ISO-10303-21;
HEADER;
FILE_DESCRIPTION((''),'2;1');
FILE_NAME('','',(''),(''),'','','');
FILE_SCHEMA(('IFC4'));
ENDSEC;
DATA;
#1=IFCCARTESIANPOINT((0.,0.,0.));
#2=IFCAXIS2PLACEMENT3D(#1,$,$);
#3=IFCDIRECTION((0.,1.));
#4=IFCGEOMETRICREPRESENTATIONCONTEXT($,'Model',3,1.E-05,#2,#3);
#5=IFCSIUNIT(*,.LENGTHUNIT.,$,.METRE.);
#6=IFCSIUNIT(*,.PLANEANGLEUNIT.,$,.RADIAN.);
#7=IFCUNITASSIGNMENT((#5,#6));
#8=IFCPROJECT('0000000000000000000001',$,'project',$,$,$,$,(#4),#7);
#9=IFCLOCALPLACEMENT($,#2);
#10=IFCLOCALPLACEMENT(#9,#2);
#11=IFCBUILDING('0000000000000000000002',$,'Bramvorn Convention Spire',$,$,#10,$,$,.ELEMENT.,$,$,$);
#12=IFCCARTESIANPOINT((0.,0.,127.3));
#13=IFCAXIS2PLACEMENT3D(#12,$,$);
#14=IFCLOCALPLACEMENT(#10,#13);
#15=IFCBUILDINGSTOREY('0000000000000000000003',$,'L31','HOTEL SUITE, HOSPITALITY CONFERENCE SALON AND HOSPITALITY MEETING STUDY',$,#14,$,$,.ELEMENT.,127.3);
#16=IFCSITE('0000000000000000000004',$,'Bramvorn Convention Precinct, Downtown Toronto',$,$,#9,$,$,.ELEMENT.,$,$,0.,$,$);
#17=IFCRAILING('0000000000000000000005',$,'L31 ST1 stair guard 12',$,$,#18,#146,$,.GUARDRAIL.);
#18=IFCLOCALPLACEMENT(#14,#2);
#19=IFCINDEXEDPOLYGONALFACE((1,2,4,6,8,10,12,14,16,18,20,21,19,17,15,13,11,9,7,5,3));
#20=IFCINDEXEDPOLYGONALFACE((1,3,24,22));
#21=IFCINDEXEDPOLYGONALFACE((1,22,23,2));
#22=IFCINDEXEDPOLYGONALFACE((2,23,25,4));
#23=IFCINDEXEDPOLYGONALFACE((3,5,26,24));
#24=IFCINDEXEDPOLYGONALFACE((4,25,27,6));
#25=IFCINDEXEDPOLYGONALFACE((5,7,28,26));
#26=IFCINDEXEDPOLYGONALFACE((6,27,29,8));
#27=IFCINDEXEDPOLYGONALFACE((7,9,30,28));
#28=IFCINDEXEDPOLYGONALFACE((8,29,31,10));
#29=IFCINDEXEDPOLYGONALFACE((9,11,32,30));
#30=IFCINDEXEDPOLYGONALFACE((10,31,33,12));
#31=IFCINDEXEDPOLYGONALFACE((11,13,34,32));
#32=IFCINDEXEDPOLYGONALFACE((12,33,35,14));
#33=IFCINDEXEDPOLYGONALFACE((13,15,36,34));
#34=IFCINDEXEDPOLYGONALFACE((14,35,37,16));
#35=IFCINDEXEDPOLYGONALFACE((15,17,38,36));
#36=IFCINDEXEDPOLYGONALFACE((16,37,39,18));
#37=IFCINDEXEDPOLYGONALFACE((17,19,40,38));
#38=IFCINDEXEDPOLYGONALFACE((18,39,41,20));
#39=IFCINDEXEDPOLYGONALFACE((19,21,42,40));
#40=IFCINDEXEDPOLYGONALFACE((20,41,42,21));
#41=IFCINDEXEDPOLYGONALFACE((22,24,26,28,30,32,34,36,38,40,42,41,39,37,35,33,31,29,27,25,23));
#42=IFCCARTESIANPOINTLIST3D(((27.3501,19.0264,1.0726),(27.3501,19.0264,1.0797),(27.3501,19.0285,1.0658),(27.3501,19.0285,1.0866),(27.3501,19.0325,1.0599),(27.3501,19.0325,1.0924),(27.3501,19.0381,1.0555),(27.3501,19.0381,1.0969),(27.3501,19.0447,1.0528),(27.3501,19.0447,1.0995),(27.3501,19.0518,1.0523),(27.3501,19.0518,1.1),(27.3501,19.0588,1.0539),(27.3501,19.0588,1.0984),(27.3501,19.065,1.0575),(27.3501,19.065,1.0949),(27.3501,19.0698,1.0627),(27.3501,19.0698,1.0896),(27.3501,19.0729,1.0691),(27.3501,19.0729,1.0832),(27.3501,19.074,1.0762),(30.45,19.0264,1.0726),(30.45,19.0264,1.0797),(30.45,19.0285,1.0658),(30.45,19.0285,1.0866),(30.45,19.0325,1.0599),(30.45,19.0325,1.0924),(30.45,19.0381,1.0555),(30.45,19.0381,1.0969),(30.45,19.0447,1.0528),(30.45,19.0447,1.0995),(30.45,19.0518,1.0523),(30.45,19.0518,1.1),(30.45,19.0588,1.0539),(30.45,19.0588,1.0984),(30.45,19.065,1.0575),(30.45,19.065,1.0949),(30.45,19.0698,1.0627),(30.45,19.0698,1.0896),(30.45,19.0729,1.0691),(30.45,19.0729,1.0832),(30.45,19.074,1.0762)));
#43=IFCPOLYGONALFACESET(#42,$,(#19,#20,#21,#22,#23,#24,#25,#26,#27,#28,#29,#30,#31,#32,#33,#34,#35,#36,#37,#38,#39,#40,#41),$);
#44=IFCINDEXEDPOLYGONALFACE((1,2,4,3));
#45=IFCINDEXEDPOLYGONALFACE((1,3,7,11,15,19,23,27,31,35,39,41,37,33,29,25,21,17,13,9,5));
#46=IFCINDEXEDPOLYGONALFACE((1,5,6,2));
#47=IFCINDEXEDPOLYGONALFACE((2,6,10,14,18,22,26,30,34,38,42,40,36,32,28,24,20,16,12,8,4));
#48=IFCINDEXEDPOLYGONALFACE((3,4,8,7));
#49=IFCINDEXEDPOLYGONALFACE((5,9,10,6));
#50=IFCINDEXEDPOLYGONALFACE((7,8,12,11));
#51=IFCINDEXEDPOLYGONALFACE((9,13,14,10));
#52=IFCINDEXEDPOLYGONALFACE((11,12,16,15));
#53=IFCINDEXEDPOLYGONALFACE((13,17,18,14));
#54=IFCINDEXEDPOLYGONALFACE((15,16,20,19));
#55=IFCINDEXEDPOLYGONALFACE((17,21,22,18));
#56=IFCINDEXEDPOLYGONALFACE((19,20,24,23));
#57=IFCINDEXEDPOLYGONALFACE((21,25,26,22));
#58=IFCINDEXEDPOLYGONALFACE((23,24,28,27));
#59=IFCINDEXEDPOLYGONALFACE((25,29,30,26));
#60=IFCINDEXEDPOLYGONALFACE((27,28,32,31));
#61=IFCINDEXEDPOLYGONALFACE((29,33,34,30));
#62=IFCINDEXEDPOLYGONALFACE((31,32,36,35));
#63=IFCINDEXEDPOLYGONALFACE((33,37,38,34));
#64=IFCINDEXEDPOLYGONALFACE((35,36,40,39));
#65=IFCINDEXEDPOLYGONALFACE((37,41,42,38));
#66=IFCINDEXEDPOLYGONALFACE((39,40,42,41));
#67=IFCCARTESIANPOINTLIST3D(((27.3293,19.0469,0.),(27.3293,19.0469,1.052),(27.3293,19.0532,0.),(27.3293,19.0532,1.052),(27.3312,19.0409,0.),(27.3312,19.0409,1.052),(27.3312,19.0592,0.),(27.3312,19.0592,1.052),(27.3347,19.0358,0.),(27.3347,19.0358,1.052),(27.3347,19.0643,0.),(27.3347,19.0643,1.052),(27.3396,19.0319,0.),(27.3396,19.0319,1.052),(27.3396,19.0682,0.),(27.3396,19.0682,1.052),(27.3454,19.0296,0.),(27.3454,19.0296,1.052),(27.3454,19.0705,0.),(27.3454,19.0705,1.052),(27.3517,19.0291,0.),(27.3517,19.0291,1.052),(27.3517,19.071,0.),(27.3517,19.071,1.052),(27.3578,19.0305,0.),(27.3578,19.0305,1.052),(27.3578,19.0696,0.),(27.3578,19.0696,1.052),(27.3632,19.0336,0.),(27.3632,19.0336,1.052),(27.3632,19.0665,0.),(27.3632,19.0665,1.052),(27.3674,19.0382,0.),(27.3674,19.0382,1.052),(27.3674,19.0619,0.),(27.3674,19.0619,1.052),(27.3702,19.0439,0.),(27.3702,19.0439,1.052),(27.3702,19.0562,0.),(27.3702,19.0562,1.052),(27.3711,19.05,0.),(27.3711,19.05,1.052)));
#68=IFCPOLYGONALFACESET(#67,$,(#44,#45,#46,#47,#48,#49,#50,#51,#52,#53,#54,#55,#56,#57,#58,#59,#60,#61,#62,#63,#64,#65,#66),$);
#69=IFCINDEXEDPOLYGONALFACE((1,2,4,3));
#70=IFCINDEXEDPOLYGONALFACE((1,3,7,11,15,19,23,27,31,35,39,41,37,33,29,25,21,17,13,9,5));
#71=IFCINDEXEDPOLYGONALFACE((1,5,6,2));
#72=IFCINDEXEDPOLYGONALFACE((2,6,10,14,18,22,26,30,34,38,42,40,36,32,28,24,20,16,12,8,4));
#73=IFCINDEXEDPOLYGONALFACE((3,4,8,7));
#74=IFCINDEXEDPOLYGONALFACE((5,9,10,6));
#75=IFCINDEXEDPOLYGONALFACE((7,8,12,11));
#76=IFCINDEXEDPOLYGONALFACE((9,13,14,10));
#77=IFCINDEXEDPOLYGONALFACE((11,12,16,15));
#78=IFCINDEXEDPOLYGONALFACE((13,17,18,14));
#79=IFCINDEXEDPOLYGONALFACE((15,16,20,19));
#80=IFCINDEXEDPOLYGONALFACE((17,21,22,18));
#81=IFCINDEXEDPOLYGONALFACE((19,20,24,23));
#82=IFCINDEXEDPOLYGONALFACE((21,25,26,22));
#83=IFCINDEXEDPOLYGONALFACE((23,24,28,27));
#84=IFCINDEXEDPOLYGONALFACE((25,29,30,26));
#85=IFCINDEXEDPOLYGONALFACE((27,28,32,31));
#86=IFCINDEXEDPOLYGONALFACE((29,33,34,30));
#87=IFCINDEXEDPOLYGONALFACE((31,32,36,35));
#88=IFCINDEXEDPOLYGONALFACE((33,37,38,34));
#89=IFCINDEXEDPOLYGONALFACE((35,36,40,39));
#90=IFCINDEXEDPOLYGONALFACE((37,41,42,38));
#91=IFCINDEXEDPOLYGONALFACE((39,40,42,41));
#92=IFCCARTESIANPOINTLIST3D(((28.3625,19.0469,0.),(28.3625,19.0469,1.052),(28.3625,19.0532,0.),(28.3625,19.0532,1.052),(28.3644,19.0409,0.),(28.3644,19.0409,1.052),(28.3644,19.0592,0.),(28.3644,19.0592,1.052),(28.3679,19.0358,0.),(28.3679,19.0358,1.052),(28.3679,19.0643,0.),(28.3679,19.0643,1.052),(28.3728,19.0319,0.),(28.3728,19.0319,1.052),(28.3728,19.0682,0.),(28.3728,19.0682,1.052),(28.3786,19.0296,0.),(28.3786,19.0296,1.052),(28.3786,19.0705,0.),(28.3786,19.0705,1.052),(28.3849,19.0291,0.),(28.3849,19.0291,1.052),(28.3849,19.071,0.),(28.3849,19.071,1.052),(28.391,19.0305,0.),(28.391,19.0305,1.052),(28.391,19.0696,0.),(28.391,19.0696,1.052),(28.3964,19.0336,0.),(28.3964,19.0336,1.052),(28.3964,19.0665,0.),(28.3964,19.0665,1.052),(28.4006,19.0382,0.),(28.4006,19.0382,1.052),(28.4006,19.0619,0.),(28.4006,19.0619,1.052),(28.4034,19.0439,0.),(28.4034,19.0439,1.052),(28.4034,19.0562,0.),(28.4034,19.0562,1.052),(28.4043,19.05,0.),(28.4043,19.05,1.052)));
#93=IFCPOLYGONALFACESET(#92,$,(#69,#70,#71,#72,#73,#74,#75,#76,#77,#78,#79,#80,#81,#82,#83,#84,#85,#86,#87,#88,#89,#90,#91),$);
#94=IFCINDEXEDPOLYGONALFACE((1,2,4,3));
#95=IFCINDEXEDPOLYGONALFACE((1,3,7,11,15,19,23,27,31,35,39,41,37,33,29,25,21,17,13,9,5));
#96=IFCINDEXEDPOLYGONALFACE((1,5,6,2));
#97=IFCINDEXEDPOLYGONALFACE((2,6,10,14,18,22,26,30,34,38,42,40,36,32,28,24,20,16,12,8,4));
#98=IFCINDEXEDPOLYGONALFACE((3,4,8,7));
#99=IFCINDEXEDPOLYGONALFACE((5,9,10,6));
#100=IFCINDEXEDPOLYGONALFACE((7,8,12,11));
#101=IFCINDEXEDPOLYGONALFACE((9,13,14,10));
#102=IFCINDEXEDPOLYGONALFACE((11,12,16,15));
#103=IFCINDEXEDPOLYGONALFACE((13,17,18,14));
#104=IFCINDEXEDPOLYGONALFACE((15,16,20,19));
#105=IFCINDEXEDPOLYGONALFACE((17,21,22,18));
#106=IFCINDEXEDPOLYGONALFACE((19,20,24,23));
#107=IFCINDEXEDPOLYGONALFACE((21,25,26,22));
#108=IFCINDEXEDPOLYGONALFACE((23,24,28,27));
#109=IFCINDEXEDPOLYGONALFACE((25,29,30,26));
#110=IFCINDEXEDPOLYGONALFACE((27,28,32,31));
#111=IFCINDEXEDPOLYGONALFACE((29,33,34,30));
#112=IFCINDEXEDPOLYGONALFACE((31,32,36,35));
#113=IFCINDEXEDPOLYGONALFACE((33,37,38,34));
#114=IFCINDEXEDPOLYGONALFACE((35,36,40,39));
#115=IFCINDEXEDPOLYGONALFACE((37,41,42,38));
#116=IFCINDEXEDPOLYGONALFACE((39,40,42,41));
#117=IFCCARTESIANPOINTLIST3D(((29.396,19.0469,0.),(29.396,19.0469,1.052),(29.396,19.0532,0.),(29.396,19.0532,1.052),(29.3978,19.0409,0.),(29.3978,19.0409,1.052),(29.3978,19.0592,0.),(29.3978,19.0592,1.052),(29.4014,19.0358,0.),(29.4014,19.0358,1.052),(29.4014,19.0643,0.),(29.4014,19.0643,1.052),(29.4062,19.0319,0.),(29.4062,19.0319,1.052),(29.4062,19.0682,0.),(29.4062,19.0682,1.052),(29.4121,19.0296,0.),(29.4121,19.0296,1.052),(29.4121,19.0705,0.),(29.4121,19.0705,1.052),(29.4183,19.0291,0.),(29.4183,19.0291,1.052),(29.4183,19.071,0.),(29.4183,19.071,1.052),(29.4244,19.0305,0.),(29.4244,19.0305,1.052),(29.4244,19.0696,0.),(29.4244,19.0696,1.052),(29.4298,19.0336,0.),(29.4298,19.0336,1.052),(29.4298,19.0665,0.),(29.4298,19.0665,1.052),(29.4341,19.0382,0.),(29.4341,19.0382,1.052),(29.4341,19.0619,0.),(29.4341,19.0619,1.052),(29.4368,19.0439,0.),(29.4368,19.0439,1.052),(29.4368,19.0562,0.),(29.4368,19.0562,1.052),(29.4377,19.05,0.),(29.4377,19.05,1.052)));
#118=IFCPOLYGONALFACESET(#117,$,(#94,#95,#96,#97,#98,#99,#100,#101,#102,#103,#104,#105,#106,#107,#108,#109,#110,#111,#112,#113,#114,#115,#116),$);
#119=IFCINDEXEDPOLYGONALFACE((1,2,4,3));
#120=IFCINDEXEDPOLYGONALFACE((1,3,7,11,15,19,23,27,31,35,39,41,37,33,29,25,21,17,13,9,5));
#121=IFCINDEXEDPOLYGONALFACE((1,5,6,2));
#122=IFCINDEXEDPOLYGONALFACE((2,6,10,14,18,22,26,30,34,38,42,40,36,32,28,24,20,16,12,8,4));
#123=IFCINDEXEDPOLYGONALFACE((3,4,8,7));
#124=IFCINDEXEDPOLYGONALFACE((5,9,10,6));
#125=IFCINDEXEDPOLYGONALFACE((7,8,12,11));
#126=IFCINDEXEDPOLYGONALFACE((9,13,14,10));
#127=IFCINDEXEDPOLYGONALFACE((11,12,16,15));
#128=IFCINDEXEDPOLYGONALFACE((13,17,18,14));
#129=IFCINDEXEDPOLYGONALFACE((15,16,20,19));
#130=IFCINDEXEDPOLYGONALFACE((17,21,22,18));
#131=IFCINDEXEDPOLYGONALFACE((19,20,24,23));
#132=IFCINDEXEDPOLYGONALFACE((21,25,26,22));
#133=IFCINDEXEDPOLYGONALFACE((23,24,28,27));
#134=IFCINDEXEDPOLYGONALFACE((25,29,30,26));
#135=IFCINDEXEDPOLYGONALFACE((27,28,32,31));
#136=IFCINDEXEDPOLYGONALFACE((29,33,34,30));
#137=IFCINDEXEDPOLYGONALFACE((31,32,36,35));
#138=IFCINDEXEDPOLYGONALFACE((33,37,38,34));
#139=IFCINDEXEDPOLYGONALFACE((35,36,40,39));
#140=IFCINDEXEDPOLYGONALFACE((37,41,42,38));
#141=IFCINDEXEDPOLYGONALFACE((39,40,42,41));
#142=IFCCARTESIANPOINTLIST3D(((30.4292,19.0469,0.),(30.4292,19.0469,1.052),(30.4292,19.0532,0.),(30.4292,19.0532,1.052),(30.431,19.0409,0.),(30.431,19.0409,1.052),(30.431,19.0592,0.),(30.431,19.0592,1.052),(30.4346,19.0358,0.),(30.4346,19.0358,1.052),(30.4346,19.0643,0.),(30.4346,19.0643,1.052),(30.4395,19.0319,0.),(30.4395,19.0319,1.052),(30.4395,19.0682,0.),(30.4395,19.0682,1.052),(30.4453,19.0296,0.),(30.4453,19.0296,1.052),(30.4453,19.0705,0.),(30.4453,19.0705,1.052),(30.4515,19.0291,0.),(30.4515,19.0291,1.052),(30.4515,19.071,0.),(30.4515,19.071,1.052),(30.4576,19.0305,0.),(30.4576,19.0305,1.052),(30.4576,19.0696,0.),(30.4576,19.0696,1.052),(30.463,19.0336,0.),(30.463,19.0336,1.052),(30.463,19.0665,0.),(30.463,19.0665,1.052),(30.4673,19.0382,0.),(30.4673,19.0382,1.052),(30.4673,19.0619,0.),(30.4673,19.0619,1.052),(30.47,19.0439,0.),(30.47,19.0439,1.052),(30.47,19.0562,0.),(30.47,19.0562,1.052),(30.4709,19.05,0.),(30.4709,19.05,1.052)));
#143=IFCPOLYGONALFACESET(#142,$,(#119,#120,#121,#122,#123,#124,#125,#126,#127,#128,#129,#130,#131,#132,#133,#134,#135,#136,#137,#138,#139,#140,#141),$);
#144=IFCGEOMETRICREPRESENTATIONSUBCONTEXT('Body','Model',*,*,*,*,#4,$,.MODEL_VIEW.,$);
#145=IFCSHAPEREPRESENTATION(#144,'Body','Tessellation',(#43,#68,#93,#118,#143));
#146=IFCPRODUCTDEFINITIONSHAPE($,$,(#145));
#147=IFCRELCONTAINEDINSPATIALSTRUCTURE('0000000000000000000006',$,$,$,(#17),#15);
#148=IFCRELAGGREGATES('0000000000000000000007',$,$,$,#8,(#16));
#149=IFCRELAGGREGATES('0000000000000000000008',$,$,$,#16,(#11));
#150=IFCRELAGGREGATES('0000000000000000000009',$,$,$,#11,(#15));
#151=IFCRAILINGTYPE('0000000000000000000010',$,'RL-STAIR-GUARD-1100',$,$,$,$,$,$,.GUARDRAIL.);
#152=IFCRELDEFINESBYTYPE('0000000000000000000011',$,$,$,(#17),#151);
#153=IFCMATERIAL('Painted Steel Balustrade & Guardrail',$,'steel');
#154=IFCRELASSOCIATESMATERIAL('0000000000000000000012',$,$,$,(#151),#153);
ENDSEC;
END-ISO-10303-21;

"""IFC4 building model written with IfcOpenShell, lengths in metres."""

from ifc_helpers import new_model, si_unit, direction, frame, origin, origin_2d, place, context, subcontext, project, spatial, circle, extrude, material, type_object, element, save


model = new_model("IFC4")

# Units and contexts
model_context = context("Model", 3, precision=1e-05, world=origin(), true_north=direction((0.0, 1.0)))
body_context = subcontext(model_context, "Body", "Model", "MODEL_VIEW")
ifc_project = project(units=[si_unit("LENGTHUNIT", "METRE"), si_unit("PLANEANGLEUNIT", "RADIAN")], contexts=[model_context])

# Site, building, storey
site_placement = place(None, origin())
site = spatial("IfcSite", under=ifc_project, at=site_placement, Name="Bramvorn Convention Precinct, Downtown Toronto", CompositionType="ELEMENT", RefElevation=0.0)
building_placement = place(site_placement, origin())
building = spatial("IfcBuilding", under=site, at=building_placement, Name="Bramvorn Convention Spire", CompositionType="ELEMENT")
storey_placement = place(building_placement, frame((0.0, 0.0, 127.3)))
storey = spatial("IfcBuildingStorey", under=building, at=storey_placement, Name="L31", Description="HOTEL SUITE, HOSPITALITY CONFERENCE SALON AND HOSPITALITY MEETING STUDY", CompositionType="ELEMENT", Elevation=127.3)

# Railing
ifc_material_1 = material(Name="Painted Steel Balustrade & Guardrail", Category="steel")
railing_type_1 = type_object("IfcRailingType", Name="RL-STAIR-GUARD-1100", PredefinedType="GUARDRAIL", material=ifc_material_1)
railing_1_placement = place(storey_placement, frame((27.3501, 19.05, 0.0)))
element("IfcRailing", 1, at=railing_1_placement, inside=storey, type_object=railing_type_1, Name="L31 ST1 stair guard 12", PredefinedType="GUARDRAIL", context=body_context, shape_type="SweptSolid", body=[
    extrude(circle(Radius=0.0239, at=origin_2d()), frame((0.0, 0.0, 1.0762), z_axis=(1.0, 0.0, 0.0), x_axis=(0.0, 1.0, 0.0)), (0.0, 0.0, 1.0), 3.0999),
    extrude(circle(Radius=0.021, at=origin_2d()), origin(), (0.0, 0.0, 1.0), 1.052),
    extrude(circle(Radius=0.021, at=origin_2d()), frame((1.0332, 0.0, 0.0)), (0.0, 0.0, 1.0), 1.052),
    extrude(circle(Radius=0.021, at=origin_2d()), frame((2.0667, 0.0, 0.0)), (0.0, 0.0, 1.0), 1.052),
    extrude(circle(Radius=0.021, at=origin_2d()), frame((3.0999, 0.0, 0.0)), (0.0, 0.0, 1.0), 1.052),
])

save(model, "model.ifc")
